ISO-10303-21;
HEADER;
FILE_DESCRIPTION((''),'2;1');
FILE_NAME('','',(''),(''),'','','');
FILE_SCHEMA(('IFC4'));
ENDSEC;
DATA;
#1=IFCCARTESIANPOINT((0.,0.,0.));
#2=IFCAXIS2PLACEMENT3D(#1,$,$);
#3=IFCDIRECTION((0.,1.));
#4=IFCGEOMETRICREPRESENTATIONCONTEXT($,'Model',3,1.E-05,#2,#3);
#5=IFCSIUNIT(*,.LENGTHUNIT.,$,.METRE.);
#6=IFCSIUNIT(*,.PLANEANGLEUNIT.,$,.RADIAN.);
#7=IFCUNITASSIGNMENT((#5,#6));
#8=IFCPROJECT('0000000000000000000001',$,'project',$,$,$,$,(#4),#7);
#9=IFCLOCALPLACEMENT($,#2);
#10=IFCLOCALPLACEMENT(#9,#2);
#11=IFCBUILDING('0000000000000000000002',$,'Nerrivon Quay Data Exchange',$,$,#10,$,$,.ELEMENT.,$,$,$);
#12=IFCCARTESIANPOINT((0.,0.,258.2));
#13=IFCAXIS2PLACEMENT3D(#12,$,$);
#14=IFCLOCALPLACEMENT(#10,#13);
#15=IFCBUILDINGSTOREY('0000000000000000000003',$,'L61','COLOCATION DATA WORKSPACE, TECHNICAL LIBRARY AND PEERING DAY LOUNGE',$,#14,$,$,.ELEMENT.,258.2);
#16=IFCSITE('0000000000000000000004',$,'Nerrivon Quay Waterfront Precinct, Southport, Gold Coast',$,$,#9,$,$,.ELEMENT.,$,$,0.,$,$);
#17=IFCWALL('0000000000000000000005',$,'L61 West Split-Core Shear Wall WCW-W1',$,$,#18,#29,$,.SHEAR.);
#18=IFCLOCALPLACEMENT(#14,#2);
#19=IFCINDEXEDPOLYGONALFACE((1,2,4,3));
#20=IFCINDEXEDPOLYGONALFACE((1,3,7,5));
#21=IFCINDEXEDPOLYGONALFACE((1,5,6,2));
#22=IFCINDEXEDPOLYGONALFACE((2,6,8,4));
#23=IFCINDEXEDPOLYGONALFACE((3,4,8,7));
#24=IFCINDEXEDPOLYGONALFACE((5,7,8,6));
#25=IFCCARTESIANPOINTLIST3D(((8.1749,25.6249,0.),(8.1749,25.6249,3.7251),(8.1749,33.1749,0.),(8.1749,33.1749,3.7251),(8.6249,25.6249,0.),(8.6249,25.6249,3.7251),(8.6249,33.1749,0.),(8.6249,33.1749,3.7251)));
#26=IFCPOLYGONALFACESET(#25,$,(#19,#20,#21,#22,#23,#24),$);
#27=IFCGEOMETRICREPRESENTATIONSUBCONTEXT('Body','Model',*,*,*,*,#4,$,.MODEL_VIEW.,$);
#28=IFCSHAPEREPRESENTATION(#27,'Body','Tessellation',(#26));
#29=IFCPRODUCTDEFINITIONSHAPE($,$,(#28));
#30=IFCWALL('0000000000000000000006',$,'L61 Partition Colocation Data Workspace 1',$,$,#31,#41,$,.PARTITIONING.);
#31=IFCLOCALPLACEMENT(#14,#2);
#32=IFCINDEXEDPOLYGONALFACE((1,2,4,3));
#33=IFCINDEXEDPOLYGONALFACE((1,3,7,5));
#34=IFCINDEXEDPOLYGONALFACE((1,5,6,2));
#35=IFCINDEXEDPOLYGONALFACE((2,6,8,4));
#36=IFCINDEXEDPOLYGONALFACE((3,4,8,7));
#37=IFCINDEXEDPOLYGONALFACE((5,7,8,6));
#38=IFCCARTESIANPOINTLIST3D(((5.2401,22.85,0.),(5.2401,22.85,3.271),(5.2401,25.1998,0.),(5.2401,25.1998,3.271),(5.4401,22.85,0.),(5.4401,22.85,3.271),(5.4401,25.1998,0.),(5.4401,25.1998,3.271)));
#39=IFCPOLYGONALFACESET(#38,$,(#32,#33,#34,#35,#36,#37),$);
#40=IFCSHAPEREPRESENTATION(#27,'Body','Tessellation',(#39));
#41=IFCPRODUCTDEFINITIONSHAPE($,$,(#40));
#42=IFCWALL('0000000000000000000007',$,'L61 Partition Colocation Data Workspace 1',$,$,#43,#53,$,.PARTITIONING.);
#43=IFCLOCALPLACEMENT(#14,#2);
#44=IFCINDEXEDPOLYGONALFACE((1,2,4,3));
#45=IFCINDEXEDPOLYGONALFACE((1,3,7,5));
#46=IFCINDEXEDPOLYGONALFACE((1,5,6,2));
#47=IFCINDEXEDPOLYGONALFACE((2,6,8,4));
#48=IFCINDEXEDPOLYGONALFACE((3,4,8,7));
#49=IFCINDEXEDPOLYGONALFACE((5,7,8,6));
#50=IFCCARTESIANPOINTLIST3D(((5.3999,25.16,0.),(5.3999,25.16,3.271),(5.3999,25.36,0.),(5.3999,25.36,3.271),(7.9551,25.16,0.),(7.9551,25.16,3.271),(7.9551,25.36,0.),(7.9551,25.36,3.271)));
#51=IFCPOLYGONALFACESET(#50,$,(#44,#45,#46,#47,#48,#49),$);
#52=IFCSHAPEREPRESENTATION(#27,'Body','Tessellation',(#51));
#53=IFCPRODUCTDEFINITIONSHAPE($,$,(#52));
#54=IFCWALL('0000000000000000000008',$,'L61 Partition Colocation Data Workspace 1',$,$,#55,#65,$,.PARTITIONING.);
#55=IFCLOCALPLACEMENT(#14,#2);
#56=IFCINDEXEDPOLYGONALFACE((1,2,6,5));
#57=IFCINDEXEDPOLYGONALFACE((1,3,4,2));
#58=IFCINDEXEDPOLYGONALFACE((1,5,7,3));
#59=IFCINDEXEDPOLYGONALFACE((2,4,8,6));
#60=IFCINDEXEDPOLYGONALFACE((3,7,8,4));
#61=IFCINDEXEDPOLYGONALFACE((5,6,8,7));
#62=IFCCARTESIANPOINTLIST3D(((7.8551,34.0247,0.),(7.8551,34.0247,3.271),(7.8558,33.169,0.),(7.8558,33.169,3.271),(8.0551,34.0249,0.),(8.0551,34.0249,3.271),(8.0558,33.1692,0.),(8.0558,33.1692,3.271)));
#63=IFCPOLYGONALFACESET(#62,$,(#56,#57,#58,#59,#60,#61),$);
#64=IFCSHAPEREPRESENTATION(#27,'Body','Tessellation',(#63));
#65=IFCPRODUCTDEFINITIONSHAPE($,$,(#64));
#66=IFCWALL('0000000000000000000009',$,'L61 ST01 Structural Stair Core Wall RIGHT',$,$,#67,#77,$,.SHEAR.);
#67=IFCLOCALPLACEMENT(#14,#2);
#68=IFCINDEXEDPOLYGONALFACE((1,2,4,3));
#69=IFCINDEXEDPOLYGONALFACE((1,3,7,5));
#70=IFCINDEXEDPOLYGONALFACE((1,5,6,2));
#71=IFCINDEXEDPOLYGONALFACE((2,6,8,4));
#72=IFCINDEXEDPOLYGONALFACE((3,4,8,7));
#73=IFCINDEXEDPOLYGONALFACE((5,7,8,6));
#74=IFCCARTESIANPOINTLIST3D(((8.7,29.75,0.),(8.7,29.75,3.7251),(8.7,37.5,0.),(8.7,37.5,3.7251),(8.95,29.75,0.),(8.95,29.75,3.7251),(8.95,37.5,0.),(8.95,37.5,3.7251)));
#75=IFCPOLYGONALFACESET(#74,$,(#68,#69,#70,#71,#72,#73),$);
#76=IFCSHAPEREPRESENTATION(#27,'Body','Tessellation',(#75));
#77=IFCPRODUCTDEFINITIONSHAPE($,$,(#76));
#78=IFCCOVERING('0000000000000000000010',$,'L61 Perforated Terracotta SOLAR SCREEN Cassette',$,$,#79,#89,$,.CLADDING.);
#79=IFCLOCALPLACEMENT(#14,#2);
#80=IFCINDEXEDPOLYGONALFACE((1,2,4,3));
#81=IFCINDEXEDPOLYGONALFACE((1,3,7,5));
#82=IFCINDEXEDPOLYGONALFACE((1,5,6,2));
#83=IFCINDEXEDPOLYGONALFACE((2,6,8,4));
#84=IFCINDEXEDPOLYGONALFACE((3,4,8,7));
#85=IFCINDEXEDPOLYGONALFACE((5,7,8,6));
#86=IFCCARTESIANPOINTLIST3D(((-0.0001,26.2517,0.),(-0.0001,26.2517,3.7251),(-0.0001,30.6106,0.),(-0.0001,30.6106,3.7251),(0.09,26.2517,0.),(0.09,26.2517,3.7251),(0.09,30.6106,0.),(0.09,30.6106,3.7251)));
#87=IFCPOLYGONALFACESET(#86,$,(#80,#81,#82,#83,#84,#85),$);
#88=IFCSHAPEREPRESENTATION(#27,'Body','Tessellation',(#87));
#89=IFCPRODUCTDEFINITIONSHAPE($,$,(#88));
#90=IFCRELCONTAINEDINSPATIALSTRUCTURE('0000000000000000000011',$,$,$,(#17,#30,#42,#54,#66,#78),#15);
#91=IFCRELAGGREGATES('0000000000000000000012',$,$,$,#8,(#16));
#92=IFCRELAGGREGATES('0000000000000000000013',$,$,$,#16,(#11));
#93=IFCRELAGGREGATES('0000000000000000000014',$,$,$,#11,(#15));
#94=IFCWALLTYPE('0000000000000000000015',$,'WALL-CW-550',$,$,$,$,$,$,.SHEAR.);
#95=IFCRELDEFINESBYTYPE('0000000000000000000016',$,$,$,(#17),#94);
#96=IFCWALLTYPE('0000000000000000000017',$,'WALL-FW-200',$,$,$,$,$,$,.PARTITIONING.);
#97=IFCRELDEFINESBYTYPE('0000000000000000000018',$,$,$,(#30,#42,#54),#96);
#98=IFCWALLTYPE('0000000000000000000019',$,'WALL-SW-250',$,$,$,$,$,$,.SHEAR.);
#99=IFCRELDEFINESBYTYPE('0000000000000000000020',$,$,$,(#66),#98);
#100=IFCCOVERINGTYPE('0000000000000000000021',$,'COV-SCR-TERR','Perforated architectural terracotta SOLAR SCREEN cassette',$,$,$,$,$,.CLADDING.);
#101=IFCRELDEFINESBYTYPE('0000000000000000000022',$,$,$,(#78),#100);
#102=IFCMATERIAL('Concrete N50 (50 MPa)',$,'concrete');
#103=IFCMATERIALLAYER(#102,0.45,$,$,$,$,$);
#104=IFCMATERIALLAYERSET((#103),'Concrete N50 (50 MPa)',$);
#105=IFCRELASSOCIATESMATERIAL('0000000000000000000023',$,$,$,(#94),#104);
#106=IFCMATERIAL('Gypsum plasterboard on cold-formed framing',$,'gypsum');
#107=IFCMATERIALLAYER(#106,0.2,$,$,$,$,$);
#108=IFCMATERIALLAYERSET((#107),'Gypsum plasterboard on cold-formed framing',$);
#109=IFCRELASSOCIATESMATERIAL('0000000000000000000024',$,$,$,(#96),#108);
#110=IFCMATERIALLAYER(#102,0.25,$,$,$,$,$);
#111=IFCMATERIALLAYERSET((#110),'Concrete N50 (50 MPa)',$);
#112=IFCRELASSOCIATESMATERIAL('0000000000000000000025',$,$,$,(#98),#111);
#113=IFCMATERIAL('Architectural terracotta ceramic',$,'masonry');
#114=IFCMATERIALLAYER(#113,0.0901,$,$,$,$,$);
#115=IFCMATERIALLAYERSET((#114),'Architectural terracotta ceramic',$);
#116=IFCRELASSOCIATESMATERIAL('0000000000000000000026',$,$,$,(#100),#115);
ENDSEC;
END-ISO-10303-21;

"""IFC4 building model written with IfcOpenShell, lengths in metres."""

from ifc_helpers import new_model, si_unit, direction, frame, frame_2d, origin, origin_2d, place, context, subcontext, project, spatial, rectangle, extrude, material, layer, layer_set, type_object, element, save


model = new_model("IFC4")

# Units and contexts
model_context = context("Model", 3, precision=1e-05, world=origin(), true_north=direction((0.0, 1.0)))
body_context = subcontext(model_context, "Body", "Model", "MODEL_VIEW")
ifc_project = project(units=[si_unit("LENGTHUNIT", "METRE"), si_unit("PLANEANGLEUNIT", "RADIAN")], contexts=[model_context])

# Site, building, storey
site_placement = place(None, origin())
site = spatial("IfcSite", under=ifc_project, at=site_placement, Name="Nerrivon Quay Waterfront Precinct, Southport, Gold Coast", CompositionType="ELEMENT", RefElevation=0.0)
building_placement = place(site_placement, origin())
building = spatial("IfcBuilding", under=site, at=building_placement, Name="Nerrivon Quay Data Exchange", CompositionType="ELEMENT")
storey_placement = place(building_placement, frame((0.0, 0.0, 258.2)))
storey = spatial("IfcBuildingStorey", under=building, at=storey_placement, Name="L61", Description="COLOCATION DATA WORKSPACE, TECHNICAL LIBRARY AND PEERING DAY LOUNGE", CompositionType="ELEMENT", Elevation=258.2)

# Shared definitions
ifc_material_1 = material(Name="Concrete N50 (50 MPa)", Category="concrete")

# Wall
ifc_layer_1 = layer(ifc_material_1, 0.45)
ifc_layer_set_1 = layer_set([ifc_layer_1], Name="Concrete N50 (50 MPa)")
wall_type_1 = type_object("IfcWallType", Name="WALL-CW-550", PredefinedType="SHEAR", material=ifc_layer_set_1)
wall_1_placement = place(storey_placement, frame((8.3999, 25.625, 0.0), z_axis=(0.0, 0.0, 1.0), x_axis=(0.0, 1.0, 0.0)))
element("IfcWall", 1, at=wall_1_placement, inside=storey, type_object=wall_type_1, Name="L61 West Split-Core Shear Wall WCW-W1", PredefinedType="SHEAR", context=body_context, shape_type="SweptSolid", body=[
    extrude(rectangle(XDim=7.55, YDim=0.45, at=frame_2d((3.7749, 0.0))), origin(), (0.0, 0.0, 1.0), 3.7251),
])

# Walls
ifc_material_2 = material(Name="Gypsum plasterboard on cold-formed framing", Category="gypsum")
ifc_layer_2 = layer(ifc_material_2, 0.2)
ifc_layer_set_2 = layer_set([ifc_layer_2], Name="Gypsum plasterboard on cold-formed framing")
wall_type_2 = type_object("IfcWallType", Name="WALL-FW-200", PredefinedType="PARTITIONING", material=ifc_layer_set_2)
wall_2_placement = place(storey_placement, frame((5.3401, 22.8501, 0.0), z_axis=(0.0, 0.0, 1.0), x_axis=(0.0, 1.0, 0.0)))
element("IfcWall", 2, at=wall_2_placement, inside=storey, type_object=wall_type_2, Name="L61 Partition Colocation Data Workspace 1", PredefinedType="PARTITIONING", context=body_context, shape_type="SweptSolid", body=[
    extrude(rectangle(XDim=2.3499, YDim=0.2, at=frame_2d((1.1748, 0.0))), origin(), (0.0, 0.0, 1.0), 3.271),
])
wall_3_placement = place(storey_placement, frame((5.3999, 25.26, 0.0), z_axis=(0.0, 0.0, 1.0), x_axis=(1.0, 0.0, 0.0)))
element("IfcWall", 3, at=wall_3_placement, inside=storey, type_object=wall_type_2, Name="L61 Partition Colocation Data Workspace 1", PredefinedType="PARTITIONING", context=body_context, shape_type="SweptSolid", body=[
    extrude(rectangle(XDim=2.5552, YDim=0.2, at=frame_2d((1.2776, 0.0))), origin(), (0.0, 0.0, 1.0), 3.271),
])
wall_4_placement = place(storey_placement, frame((7.9558, 33.1692, 0.0), z_axis=(0.0, 0.0, 1.0), x_axis=(-0.000856, 1.0, 0.0)))
element("IfcWall", 4, at=wall_4_placement, inside=storey, type_object=wall_type_2, Name="L61 Partition Colocation Data Workspace 1", PredefinedType="PARTITIONING", context=body_context, shape_type="SweptSolid", body=[
    extrude(rectangle(XDim=0.8557, YDim=0.2, at=frame_2d((0.4277, 0.0))), origin(), (0.0, 0.0, 1.0), 3.271),
])
ifc_layer_3 = layer(ifc_material_1, 0.25)
ifc_layer_set_3 = layer_set([ifc_layer_3], Name="Concrete N50 (50 MPa)")
wall_type_3 = type_object("IfcWallType", Name="WALL-SW-250", PredefinedType="SHEAR", material=ifc_layer_set_3)
wall_5_placement = place(storey_placement, frame((8.825, 29.75, 0.0), z_axis=(0.0, 0.0, 1.0), x_axis=(0.0, 1.0, 0.0)))
element("IfcWall", 5, at=wall_5_placement, inside=storey, type_object=wall_type_3, Name="L61 ST01 Structural Stair Core Wall RIGHT", PredefinedType="SHEAR", context=body_context, shape_type="SweptSolid", body=[
    extrude(rectangle(XDim=7.75, YDim=0.25, at=frame_2d((3.875, 0.0))), origin(), (0.0, 0.0, 1.0), 3.7251),
])

# Covering
ifc_material_3 = material(Name="Architectural terracotta ceramic", Category="masonry")
ifc_layer_4 = layer(ifc_material_3, 0.0901)
ifc_layer_set_4 = layer_set([ifc_layer_4], Name="Architectural terracotta ceramic")
covering_type = type_object("IfcCoveringType", Name="COV-SCR-TERR", Description="Perforated architectural terracotta SOLAR SCREEN cassette", PredefinedType="CLADDING", material=ifc_layer_set_4)
covering_placement = place(storey_placement, frame((0.0449, 28.4312, 0.0), z_axis=(0.0, 0.0, 1.0), x_axis=(0.0, 1.0, 0.0)))
element("IfcCovering", 6, at=covering_placement, inside=storey, type_object=covering_type, Name="L61 Perforated Terracotta SOLAR SCREEN Cassette", PredefinedType="CLADDING", context=body_context, shape_type="SweptSolid", body=[
    extrude(rectangle(XDim=4.3589, YDim=0.0901, at=origin_2d()), origin(), (0.0, 0.0, 1.0), 3.7251),
])

save(model, "model.ifc")
